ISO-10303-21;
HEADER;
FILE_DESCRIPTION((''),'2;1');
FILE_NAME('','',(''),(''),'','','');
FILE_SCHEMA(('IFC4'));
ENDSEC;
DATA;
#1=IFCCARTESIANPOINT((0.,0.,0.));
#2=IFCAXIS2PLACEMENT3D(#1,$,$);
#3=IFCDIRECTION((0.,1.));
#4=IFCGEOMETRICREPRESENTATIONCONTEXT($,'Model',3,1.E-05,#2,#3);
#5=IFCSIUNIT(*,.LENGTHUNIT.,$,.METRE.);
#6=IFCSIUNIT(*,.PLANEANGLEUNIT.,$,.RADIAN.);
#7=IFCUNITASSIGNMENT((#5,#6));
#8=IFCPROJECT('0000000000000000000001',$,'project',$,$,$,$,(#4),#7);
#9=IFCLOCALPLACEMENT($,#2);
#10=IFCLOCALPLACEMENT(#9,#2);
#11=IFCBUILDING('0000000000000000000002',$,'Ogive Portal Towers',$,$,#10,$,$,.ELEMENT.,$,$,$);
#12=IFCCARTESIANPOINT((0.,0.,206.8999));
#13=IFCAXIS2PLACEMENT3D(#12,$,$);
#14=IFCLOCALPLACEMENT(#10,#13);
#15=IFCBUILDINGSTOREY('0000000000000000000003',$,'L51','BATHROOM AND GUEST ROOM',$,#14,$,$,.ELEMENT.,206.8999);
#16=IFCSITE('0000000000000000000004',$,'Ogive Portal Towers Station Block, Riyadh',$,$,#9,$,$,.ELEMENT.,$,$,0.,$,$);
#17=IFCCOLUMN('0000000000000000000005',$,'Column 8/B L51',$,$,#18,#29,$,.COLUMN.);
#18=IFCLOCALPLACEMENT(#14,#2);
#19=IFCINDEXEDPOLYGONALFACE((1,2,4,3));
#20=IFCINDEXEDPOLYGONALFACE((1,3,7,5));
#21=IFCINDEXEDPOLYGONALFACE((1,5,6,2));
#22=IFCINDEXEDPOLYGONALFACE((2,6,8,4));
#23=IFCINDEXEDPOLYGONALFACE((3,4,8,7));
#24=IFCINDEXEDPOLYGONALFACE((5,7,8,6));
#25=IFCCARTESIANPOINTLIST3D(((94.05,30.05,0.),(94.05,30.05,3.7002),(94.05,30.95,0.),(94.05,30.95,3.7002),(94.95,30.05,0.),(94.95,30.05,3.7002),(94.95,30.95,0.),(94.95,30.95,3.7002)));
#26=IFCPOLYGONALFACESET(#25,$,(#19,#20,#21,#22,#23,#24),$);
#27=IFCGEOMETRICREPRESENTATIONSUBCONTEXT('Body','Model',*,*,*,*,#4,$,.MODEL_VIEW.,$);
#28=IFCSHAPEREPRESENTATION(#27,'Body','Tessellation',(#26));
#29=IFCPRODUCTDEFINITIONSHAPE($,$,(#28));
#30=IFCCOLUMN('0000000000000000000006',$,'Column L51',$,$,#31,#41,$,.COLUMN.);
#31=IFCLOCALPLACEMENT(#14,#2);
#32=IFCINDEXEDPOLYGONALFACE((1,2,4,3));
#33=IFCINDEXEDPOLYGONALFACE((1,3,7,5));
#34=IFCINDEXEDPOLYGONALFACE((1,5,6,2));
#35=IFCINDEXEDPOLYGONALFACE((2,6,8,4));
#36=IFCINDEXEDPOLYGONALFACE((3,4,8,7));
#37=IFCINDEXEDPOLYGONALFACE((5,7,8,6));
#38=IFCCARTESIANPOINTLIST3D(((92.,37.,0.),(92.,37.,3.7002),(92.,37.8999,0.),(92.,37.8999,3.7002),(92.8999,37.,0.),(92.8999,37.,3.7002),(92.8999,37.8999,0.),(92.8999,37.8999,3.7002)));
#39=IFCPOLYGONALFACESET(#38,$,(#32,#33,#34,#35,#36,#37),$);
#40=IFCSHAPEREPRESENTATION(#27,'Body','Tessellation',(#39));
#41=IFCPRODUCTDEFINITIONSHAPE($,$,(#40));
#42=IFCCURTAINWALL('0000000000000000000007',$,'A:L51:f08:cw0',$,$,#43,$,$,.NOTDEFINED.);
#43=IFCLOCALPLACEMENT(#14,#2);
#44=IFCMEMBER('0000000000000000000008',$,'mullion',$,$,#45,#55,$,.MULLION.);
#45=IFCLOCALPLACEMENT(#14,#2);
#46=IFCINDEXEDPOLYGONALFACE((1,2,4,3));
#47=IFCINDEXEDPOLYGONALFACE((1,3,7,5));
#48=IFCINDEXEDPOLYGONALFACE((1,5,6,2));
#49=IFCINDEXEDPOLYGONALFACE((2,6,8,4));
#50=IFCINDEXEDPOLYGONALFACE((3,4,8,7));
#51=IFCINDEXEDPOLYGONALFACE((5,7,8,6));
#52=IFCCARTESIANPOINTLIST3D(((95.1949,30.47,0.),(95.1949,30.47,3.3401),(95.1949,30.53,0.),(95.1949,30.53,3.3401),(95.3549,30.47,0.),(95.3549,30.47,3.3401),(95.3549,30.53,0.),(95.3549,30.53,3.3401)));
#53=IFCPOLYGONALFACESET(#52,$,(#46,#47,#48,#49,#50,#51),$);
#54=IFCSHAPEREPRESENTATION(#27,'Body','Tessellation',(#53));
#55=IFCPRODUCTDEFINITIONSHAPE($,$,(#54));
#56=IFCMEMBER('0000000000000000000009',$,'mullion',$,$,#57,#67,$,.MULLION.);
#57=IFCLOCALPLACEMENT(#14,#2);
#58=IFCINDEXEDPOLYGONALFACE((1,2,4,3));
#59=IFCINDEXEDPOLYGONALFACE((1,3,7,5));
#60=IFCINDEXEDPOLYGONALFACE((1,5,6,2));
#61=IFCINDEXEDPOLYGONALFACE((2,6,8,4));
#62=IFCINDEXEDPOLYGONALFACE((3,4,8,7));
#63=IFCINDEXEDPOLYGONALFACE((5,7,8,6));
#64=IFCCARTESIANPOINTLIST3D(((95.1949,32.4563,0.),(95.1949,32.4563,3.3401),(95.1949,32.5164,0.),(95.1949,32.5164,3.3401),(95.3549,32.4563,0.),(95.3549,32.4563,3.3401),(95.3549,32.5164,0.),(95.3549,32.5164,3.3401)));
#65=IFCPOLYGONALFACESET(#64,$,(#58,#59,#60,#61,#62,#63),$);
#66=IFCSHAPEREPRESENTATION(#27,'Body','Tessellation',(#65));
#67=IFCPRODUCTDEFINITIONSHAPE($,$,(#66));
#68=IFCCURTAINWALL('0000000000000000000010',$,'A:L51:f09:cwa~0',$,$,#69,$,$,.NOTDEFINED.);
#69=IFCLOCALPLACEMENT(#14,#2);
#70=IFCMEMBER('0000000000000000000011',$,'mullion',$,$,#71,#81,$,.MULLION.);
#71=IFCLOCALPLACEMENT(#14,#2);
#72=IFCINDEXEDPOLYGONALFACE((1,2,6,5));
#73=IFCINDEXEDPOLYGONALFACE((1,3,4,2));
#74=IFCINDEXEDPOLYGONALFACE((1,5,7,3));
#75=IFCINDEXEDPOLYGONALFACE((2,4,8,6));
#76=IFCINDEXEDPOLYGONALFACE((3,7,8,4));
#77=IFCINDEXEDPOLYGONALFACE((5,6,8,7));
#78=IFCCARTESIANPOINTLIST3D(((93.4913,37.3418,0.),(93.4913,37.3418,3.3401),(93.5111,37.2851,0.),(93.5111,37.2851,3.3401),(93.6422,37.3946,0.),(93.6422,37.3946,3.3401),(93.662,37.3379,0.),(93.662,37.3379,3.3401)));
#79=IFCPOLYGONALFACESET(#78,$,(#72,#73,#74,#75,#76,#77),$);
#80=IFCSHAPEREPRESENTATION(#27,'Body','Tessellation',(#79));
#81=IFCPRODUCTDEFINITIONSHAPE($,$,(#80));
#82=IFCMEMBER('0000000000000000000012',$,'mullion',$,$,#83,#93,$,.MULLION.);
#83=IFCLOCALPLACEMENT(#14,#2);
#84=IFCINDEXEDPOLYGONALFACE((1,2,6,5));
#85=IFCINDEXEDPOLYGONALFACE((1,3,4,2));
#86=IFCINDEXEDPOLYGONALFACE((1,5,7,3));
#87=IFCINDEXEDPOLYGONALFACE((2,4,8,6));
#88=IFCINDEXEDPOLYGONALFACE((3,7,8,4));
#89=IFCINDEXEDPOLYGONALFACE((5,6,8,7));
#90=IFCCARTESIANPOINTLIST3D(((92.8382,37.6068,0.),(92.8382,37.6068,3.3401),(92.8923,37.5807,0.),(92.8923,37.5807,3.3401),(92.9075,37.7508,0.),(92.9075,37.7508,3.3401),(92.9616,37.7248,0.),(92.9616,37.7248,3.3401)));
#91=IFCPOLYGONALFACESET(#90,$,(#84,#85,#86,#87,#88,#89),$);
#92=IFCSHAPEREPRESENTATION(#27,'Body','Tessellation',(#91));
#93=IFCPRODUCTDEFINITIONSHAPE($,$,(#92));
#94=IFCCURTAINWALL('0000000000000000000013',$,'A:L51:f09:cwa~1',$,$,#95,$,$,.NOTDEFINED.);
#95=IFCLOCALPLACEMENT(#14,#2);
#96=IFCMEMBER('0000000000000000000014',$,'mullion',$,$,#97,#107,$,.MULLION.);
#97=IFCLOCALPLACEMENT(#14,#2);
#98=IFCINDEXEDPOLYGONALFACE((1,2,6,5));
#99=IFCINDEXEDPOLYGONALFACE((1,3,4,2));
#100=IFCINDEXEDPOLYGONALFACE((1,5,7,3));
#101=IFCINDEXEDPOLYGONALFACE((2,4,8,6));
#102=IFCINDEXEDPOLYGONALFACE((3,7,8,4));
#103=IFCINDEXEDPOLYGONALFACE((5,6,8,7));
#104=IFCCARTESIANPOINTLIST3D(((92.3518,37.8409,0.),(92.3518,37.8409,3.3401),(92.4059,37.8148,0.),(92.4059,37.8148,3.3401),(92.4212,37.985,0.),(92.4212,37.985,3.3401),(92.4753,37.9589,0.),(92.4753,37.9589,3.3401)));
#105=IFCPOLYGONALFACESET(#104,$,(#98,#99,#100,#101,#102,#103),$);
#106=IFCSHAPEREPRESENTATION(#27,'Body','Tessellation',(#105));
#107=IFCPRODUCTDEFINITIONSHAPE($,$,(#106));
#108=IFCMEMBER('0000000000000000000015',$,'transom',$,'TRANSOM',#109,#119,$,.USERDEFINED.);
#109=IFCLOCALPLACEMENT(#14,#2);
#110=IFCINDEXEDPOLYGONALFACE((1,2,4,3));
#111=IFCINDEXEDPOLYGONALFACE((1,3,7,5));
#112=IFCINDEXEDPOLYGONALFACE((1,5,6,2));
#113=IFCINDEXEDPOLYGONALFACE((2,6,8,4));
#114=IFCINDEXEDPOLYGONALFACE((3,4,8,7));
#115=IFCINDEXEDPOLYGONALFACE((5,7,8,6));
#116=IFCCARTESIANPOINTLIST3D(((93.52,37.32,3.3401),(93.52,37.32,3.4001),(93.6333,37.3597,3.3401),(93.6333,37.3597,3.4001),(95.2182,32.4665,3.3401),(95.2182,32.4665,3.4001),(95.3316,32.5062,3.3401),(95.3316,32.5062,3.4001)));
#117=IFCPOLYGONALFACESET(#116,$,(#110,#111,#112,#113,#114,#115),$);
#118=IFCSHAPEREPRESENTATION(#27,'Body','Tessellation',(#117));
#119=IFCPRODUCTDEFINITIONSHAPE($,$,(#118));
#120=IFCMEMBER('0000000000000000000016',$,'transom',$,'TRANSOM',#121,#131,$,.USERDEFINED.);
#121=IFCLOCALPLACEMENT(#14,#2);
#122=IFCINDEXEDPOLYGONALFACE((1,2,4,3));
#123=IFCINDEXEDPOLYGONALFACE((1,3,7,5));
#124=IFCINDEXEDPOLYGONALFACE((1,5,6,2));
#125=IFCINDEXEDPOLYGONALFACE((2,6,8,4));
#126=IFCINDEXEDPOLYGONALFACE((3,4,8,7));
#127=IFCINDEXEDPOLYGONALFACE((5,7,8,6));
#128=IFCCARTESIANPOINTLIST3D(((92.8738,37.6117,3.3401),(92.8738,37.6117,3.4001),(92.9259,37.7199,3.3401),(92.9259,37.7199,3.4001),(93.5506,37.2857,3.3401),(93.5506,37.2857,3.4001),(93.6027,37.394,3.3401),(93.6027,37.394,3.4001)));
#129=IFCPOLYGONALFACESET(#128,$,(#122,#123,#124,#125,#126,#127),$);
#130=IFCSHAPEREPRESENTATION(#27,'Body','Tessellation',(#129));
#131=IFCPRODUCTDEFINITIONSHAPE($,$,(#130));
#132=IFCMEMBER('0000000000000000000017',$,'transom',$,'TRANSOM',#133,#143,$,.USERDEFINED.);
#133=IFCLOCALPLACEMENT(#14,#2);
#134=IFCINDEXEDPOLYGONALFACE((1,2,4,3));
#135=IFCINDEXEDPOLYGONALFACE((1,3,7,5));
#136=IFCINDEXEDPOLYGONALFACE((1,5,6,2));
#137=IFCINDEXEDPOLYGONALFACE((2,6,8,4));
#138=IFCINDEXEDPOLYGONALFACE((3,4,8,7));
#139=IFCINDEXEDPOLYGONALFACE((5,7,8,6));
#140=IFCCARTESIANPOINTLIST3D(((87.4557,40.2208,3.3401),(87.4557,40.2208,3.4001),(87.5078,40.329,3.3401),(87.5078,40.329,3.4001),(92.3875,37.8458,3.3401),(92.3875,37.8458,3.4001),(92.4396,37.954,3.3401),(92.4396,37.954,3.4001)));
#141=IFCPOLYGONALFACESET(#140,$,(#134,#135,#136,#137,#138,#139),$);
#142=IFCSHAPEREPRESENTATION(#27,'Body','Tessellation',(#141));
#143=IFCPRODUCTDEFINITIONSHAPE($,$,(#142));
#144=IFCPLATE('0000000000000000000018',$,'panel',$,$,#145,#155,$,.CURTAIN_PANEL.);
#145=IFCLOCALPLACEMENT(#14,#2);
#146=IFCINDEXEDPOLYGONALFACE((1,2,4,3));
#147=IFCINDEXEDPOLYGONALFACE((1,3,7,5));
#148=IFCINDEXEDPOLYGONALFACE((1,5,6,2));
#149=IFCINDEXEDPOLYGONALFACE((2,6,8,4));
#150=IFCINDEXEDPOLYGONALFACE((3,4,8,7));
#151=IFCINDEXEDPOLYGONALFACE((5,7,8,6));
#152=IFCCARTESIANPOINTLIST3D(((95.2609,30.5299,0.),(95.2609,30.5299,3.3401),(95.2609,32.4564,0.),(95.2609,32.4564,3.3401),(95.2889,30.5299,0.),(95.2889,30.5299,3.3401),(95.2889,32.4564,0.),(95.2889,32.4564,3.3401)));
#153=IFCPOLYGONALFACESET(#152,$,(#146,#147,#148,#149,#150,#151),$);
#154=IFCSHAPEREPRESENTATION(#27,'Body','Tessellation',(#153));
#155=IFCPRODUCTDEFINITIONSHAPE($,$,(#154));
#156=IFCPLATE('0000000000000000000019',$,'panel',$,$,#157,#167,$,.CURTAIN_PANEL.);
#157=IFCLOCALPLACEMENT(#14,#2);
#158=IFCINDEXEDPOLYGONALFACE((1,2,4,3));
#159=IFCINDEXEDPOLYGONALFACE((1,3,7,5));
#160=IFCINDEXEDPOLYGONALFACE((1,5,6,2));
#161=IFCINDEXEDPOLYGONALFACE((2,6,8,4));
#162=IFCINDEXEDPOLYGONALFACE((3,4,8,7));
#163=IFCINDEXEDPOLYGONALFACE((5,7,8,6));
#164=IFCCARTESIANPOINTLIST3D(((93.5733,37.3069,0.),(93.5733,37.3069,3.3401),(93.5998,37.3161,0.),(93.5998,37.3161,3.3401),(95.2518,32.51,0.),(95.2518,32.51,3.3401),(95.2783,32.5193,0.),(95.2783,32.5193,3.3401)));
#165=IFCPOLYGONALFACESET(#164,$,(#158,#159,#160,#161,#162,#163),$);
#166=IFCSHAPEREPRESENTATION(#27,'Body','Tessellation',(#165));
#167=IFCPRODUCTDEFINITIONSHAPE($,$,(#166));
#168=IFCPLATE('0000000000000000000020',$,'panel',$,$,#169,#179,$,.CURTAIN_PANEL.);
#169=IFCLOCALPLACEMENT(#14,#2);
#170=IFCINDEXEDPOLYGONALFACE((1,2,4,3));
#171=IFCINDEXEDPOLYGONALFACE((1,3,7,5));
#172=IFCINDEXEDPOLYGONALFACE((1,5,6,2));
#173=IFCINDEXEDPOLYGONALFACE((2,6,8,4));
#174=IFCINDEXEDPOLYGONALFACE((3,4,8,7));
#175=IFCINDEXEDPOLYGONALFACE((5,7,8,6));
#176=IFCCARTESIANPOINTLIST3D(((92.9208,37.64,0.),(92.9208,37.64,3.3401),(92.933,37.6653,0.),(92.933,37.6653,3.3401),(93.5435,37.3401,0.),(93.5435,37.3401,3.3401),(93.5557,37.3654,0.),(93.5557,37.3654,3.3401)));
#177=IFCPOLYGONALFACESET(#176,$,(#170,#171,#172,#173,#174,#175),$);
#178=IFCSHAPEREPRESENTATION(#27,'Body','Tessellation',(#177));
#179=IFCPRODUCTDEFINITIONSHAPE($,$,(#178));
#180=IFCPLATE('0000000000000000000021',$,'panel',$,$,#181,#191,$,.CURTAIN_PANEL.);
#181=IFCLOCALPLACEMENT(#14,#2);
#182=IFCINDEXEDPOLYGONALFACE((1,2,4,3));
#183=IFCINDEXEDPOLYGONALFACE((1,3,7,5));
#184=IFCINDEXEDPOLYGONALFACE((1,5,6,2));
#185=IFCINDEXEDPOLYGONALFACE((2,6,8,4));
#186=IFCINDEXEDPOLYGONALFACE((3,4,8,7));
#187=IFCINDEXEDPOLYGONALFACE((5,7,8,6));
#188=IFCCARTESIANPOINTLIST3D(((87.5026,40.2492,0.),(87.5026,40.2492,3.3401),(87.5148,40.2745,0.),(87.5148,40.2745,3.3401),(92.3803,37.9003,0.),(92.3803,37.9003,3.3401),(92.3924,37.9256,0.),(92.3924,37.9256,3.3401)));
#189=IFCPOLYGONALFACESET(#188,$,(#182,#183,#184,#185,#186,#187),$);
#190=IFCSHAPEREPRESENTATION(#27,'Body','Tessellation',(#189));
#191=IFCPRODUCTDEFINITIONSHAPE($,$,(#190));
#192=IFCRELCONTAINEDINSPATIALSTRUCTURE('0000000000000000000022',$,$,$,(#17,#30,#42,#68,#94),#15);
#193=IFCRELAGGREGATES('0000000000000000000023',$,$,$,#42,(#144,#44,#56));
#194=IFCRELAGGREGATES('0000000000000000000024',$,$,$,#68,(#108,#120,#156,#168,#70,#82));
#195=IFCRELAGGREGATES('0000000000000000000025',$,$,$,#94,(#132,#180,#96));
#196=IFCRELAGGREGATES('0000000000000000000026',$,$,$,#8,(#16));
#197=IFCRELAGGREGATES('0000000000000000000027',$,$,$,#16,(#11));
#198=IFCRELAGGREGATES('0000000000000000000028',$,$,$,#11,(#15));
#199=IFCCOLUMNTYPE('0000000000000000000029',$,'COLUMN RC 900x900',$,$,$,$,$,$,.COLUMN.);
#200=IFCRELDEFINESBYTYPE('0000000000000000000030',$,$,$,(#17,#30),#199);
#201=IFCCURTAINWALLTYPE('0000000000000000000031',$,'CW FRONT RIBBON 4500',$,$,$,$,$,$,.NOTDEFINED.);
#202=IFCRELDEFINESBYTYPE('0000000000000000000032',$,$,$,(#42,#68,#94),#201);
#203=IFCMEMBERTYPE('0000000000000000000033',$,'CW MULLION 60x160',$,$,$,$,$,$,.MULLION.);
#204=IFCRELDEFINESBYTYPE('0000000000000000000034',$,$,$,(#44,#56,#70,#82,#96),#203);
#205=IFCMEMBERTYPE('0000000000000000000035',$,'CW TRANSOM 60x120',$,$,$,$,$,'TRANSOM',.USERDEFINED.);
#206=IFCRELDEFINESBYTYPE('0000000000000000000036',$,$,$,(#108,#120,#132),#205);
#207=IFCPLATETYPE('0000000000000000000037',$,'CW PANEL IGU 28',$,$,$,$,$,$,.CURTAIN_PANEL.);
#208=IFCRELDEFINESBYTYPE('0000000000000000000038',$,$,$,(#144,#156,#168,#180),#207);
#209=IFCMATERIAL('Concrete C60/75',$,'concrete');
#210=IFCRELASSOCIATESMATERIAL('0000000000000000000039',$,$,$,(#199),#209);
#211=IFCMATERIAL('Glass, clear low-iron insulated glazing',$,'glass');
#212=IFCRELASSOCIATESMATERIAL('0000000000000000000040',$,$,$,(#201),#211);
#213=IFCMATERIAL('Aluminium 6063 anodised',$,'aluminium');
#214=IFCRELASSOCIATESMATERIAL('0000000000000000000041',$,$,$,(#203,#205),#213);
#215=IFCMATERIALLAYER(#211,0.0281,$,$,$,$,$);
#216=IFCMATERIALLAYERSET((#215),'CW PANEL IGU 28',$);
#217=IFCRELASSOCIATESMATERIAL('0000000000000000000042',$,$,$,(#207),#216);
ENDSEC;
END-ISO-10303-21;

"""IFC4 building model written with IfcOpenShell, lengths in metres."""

from ifc_helpers import new_model, si_unit, direction, frame, origin, origin_2d, place, context, subcontext, project, spatial, rectangle, extrude, material, layer, layer_set, material_profile, profile_set, type_object, element, aggregate, save


model = new_model("IFC4")

# Units and contexts
model_context = context("Model", 3, precision=1e-05, world=origin(), true_north=direction((0.0, 1.0)))
body_context = subcontext(model_context, "Body", "Model", "MODEL_VIEW")
ifc_project = project(units=[si_unit("LENGTHUNIT", "METRE"), si_unit("PLANEANGLEUNIT", "RADIAN")], contexts=[model_context])

# Site, building, storey
site_placement = place(None, origin())
site = spatial("IfcSite", under=ifc_project, at=site_placement, Name="Ogive Portal Towers Station Block, Riyadh", CompositionType="ELEMENT", RefElevation=0.0)
building_placement = place(site_placement, origin())
building = spatial("IfcBuilding", under=site, at=building_placement, Name="Ogive Portal Towers", CompositionType="ELEMENT")
storey_placement = place(building_placement, frame((0.0, 0.0, 206.8999)))
storey = spatial("IfcBuildingStorey", under=building, at=storey_placement, Name="L51", Description="BATHROOM AND GUEST ROOM", CompositionType="ELEMENT", Elevation=206.8999)

# Columns
ifc_material_1 = material(Name="Concrete C60/75", Category="concrete")
ifc_material_profile_1 = material_profile(ifc_material_1, rectangle(XDim=0.8999, YDim=0.8999, at=origin_2d()), Name="RC 900x900")
ifc_profile_set_1 = profile_set([ifc_material_profile_1], Name="Concrete C60/75")
column_type = type_object("IfcColumnType", Name="COLUMN RC 900x900", PredefinedType="COLUMN", material=ifc_profile_set_1)
for number, where, z_axis, x_axis, name in (
    (1, (94.5, 30.5, 0.0), (0.0, 0.0, 1.0), (1.0, 0.0, 0.0), "Column 8/B L51"),
    (2, (92.45, 37.45, 0.0), (0.0, 0.0, 1.0), (1.0, 0.0, 0.0), "Column L51"),
):
    element("IfcColumn", number, at=place(storey_placement, frame(where, z_axis=z_axis, x_axis=x_axis)), inside=storey, type_object=column_type, Name=name, PredefinedType="COLUMN", context=body_context, shape_type="SweptSolid", body=[
        extrude(rectangle(XDim=0.8999, YDim=0.8999, at=origin_2d()), origin(), (0.0, 0.0, 1.0), 3.7002),
    ])

# Curtain walls, members
ifc_material_2 = material(Name="Glass, clear low-iron insulated glazing", Category="glass")
curtain_wall_type = type_object("IfcCurtainWallType", Name="CW FRONT RIBBON 4500", PredefinedType="NOTDEFINED", material=ifc_material_2)
curtain_wall_1_placement = place(storey_placement, origin())
curtain_wall_1 = element("IfcCurtainWall", 3, at=curtain_wall_1_placement, inside=storey, type_object=curtain_wall_type, Name="A:L51:f08:cw0", PredefinedType="NOTDEFINED")
ifc_material_3 = material(Name="Aluminium 6063 anodised", Category="aluminium")
ifc_material_profile_2 = material_profile(ifc_material_3, rectangle(XDim=0.1599, YDim=0.0601, at=origin_2d()), Name="AL 60x160")
ifc_profile_set_2 = profile_set([ifc_material_profile_2], Name="Aluminium 6063 anodised")
member_type_1 = type_object("IfcMemberType", Name="CW MULLION 60x160", PredefinedType="MULLION", material=ifc_profile_set_2)
member_1_placement = place(storey_placement, frame((95.2749, 30.5, 0.0), z_axis=(0.0, 0.0, 1.0), x_axis=(-1.0, 0.0, 0.0)))
member_1 = element("IfcMember", 4, at=member_1_placement, type_object=member_type_1, Name="mullion", PredefinedType="MULLION", context=body_context, shape_type="SweptSolid", body=[
    extrude(rectangle(XDim=0.1599, YDim=0.0601, at=origin_2d()), origin(), (0.0, 0.0, 1.0), 3.3401),
])
member_2_placement = place(storey_placement, frame((95.2749, 32.4863, 0.0), z_axis=(0.0, 0.0, 1.0), x_axis=(-1.0, 0.0, 0.0)))
member_2 = element("IfcMember", 5, at=member_2_placement, type_object=member_type_1, Name="mullion", PredefinedType="MULLION", context=body_context, shape_type="SweptSolid", body=[
    extrude(rectangle(XDim=0.1599, YDim=0.0601, at=origin_2d()), origin(), (0.0, 0.0, 1.0), 3.3401),
])
curtain_wall_2_placement = place(storey_placement, origin())
curtain_wall_2 = element("IfcCurtainWall", 6, at=curtain_wall_2_placement, inside=storey, type_object=curtain_wall_type, Name="A:L51:f09:cwa~0", PredefinedType="NOTDEFINED")
member_3_placement = place(storey_placement, frame((93.5767, 37.3398, 0.0), z_axis=(0.0, 0.0, 1.0), x_axis=(-0.943883, -0.330279, 0.0)))
member_3 = element("IfcMember", 7, at=member_3_placement, type_object=member_type_1, Name="mullion", PredefinedType="MULLION", context=body_context, shape_type="SweptSolid", body=[
    extrude(rectangle(XDim=0.1599, YDim=0.0601, at=origin_2d()), origin(), (0.0, 0.0, 1.0), 3.3401),
])
member_4_placement = place(storey_placement, frame((92.8999, 37.6658, 0.0), z_axis=(0.0, 0.0, 1.0), x_axis=(-0.433884, -0.900969, 0.0)))
member_4 = element("IfcMember", 8, at=member_4_placement, type_object=member_type_1, Name="mullion", PredefinedType="MULLION", context=body_context, shape_type="SweptSolid", body=[
    extrude(rectangle(XDim=0.1599, YDim=0.0601, at=origin_2d()), origin(), (0.0, 0.0, 1.0), 3.3401),
])

# Curtain wall, member
curtain_wall_3_placement = place(storey_placement, origin())
curtain_wall_3 = element("IfcCurtainWall", 9, at=curtain_wall_3_placement, inside=storey, type_object=curtain_wall_type, Name="A:L51:f09:cwa~1", PredefinedType="NOTDEFINED")
member_5_placement = place(storey_placement, frame((92.4136, 37.8999, 0.0), z_axis=(0.0, 0.0, 1.0), x_axis=(-0.433884, -0.900969, 0.0)))
member_5 = element("IfcMember", 10, at=member_5_placement, type_object=member_type_1, Name="mullion", PredefinedType="MULLION", context=body_context, shape_type="SweptSolid", body=[
    extrude(rectangle(XDim=0.1599, YDim=0.0601, at=origin_2d()), origin(), (0.0, 0.0, 1.0), 3.3401),
])

# Members
ifc_material_profile_3 = material_profile(ifc_material_3, rectangle(XDim=0.1201, YDim=0.0601, at=origin_2d()), Name="AL 120x60")
ifc_profile_set_3 = profile_set([ifc_material_profile_3], Name="Aluminium 6063 anodised")
member_type_2 = type_object("IfcMemberType", Name="CW TRANSOM 60x120", ElementType="TRANSOM", PredefinedType="USERDEFINED", material=ifc_profile_set_3)
member_6_placement = place(storey_placement, frame((95.2749, 32.4863, 3.3701), z_axis=(-0.330266, 0.943888, 0.0), x_axis=(-0.943888, -0.330266, 0.0)))
member_6 = element("IfcMember", 11, at=member_6_placement, type_object=member_type_2, Name="transom", ObjectType="TRANSOM", PredefinedType="USERDEFINED", context=body_context, shape_type="SweptSolid", body=[
    extrude(rectangle(XDim=0.1201, YDim=0.0601, at=origin_2d()), origin(), (0.0, 0.0, 1.0), 5.1421),
])
member_7_placement = place(storey_placement, frame((93.5767, 37.3398, 3.3701), z_axis=(-0.900959, 0.433904, 0.0), x_axis=(-0.433904, -0.900959, 0.0)))
member_7 = element("IfcMember", 12, at=member_7_placement, type_object=member_type_2, Name="transom", ObjectType="TRANSOM", PredefinedType="USERDEFINED", context=body_context, shape_type="SweptSolid", body=[
    extrude(rectangle(XDim=0.1201, YDim=0.0601, at=origin_2d()), origin(), (0.0, 0.0, 1.0), 0.7512),
])
member_8_placement = place(storey_placement, frame((92.4136, 37.8999, 3.3701), z_axis=(-0.900974, 0.433873, 0.0), x_axis=(-0.433873, -0.900974, 0.0)))
member_8 = element("IfcMember", 13, at=member_8_placement, type_object=member_type_2, Name="transom", ObjectType="TRANSOM", PredefinedType="USERDEFINED", context=body_context, shape_type="SweptSolid", body=[
    extrude(rectangle(XDim=0.1201, YDim=0.0601, at=origin_2d()), origin(), (0.0, 0.0, 1.0), 5.4739),
])

# Plates
ifc_layer_1 = layer(ifc_material_2, 0.0281)
ifc_layer_set_1 = layer_set([ifc_layer_1], Name="CW PANEL IGU 28")
plate_type = type_object("IfcPlateType", Name="CW PANEL IGU 28", PredefinedType="CURTAIN_PANEL", material=ifc_layer_set_1)
plate_1_placement = place(storey_placement, frame((95.2749, 31.4932, 0.0), z_axis=(0.0, 0.0, 1.0), x_axis=(0.0, 1.0, 0.0)))
plate_1 = element("IfcPlate", 14, at=plate_1_placement, type_object=plate_type, Name="panel", PredefinedType="CURTAIN_PANEL", context=body_context, shape_type="SweptSolid", body=[
    extrude(rectangle(XDim=1.9265, YDim=0.0281, at=origin_2d()), origin(), (0.0, 0.0, 1.0), 3.3401),
])
aggregate(curtain_wall_1, [plate_1, member_1, member_2])
plate_2_placement = place(storey_placement, frame((94.4258, 34.9131, 0.0), z_axis=(0.0, 0.0, 1.0), x_axis=(-0.330279, 0.943883, 0.0)))
plate_2 = element("IfcPlate", 15, at=plate_2_placement, type_object=plate_type, Name="panel", PredefinedType="CURTAIN_PANEL", context=body_context, shape_type="SweptSolid", body=[
    extrude(rectangle(XDim=5.082, YDim=0.0281, at=origin_2d()), origin(), (0.0, 0.0, 1.0), 3.3401),
])
plate_3_placement = place(storey_placement, frame((93.2383, 37.5027, 0.0), z_axis=(0.0, 0.0, 1.0), x_axis=(-0.900969, 0.433884, 0.0)))
plate_3 = element("IfcPlate", 16, at=plate_3_placement, type_object=plate_type, Name="panel", PredefinedType="CURTAIN_PANEL", context=body_context, shape_type="SweptSolid", body=[
    extrude(rectangle(XDim=0.6912, YDim=0.0281, at=origin_2d()), origin(), (0.0, 0.0, 1.0), 3.3401),
])
aggregate(curtain_wall_2, [member_6, member_7, plate_2, plate_3, member_3, member_4])
plate_4_placement = place(storey_placement, frame((89.9475, 39.0874, 0.0), z_axis=(0.0, 0.0, 1.0), x_axis=(-0.900969, 0.433884, 0.0)))
plate_4 = element("IfcPlate", 17, at=plate_4_placement, type_object=plate_type, Name="panel", PredefinedType="CURTAIN_PANEL", context=body_context, shape_type="SweptSolid", body=[
    extrude(rectangle(XDim=5.4138, YDim=0.0281, at=origin_2d()), origin(), (0.0, 0.0, 1.0), 3.3401),
])
aggregate(curtain_wall_3, [member_8, plate_4, member_5])

save(model, "model.ifc")
